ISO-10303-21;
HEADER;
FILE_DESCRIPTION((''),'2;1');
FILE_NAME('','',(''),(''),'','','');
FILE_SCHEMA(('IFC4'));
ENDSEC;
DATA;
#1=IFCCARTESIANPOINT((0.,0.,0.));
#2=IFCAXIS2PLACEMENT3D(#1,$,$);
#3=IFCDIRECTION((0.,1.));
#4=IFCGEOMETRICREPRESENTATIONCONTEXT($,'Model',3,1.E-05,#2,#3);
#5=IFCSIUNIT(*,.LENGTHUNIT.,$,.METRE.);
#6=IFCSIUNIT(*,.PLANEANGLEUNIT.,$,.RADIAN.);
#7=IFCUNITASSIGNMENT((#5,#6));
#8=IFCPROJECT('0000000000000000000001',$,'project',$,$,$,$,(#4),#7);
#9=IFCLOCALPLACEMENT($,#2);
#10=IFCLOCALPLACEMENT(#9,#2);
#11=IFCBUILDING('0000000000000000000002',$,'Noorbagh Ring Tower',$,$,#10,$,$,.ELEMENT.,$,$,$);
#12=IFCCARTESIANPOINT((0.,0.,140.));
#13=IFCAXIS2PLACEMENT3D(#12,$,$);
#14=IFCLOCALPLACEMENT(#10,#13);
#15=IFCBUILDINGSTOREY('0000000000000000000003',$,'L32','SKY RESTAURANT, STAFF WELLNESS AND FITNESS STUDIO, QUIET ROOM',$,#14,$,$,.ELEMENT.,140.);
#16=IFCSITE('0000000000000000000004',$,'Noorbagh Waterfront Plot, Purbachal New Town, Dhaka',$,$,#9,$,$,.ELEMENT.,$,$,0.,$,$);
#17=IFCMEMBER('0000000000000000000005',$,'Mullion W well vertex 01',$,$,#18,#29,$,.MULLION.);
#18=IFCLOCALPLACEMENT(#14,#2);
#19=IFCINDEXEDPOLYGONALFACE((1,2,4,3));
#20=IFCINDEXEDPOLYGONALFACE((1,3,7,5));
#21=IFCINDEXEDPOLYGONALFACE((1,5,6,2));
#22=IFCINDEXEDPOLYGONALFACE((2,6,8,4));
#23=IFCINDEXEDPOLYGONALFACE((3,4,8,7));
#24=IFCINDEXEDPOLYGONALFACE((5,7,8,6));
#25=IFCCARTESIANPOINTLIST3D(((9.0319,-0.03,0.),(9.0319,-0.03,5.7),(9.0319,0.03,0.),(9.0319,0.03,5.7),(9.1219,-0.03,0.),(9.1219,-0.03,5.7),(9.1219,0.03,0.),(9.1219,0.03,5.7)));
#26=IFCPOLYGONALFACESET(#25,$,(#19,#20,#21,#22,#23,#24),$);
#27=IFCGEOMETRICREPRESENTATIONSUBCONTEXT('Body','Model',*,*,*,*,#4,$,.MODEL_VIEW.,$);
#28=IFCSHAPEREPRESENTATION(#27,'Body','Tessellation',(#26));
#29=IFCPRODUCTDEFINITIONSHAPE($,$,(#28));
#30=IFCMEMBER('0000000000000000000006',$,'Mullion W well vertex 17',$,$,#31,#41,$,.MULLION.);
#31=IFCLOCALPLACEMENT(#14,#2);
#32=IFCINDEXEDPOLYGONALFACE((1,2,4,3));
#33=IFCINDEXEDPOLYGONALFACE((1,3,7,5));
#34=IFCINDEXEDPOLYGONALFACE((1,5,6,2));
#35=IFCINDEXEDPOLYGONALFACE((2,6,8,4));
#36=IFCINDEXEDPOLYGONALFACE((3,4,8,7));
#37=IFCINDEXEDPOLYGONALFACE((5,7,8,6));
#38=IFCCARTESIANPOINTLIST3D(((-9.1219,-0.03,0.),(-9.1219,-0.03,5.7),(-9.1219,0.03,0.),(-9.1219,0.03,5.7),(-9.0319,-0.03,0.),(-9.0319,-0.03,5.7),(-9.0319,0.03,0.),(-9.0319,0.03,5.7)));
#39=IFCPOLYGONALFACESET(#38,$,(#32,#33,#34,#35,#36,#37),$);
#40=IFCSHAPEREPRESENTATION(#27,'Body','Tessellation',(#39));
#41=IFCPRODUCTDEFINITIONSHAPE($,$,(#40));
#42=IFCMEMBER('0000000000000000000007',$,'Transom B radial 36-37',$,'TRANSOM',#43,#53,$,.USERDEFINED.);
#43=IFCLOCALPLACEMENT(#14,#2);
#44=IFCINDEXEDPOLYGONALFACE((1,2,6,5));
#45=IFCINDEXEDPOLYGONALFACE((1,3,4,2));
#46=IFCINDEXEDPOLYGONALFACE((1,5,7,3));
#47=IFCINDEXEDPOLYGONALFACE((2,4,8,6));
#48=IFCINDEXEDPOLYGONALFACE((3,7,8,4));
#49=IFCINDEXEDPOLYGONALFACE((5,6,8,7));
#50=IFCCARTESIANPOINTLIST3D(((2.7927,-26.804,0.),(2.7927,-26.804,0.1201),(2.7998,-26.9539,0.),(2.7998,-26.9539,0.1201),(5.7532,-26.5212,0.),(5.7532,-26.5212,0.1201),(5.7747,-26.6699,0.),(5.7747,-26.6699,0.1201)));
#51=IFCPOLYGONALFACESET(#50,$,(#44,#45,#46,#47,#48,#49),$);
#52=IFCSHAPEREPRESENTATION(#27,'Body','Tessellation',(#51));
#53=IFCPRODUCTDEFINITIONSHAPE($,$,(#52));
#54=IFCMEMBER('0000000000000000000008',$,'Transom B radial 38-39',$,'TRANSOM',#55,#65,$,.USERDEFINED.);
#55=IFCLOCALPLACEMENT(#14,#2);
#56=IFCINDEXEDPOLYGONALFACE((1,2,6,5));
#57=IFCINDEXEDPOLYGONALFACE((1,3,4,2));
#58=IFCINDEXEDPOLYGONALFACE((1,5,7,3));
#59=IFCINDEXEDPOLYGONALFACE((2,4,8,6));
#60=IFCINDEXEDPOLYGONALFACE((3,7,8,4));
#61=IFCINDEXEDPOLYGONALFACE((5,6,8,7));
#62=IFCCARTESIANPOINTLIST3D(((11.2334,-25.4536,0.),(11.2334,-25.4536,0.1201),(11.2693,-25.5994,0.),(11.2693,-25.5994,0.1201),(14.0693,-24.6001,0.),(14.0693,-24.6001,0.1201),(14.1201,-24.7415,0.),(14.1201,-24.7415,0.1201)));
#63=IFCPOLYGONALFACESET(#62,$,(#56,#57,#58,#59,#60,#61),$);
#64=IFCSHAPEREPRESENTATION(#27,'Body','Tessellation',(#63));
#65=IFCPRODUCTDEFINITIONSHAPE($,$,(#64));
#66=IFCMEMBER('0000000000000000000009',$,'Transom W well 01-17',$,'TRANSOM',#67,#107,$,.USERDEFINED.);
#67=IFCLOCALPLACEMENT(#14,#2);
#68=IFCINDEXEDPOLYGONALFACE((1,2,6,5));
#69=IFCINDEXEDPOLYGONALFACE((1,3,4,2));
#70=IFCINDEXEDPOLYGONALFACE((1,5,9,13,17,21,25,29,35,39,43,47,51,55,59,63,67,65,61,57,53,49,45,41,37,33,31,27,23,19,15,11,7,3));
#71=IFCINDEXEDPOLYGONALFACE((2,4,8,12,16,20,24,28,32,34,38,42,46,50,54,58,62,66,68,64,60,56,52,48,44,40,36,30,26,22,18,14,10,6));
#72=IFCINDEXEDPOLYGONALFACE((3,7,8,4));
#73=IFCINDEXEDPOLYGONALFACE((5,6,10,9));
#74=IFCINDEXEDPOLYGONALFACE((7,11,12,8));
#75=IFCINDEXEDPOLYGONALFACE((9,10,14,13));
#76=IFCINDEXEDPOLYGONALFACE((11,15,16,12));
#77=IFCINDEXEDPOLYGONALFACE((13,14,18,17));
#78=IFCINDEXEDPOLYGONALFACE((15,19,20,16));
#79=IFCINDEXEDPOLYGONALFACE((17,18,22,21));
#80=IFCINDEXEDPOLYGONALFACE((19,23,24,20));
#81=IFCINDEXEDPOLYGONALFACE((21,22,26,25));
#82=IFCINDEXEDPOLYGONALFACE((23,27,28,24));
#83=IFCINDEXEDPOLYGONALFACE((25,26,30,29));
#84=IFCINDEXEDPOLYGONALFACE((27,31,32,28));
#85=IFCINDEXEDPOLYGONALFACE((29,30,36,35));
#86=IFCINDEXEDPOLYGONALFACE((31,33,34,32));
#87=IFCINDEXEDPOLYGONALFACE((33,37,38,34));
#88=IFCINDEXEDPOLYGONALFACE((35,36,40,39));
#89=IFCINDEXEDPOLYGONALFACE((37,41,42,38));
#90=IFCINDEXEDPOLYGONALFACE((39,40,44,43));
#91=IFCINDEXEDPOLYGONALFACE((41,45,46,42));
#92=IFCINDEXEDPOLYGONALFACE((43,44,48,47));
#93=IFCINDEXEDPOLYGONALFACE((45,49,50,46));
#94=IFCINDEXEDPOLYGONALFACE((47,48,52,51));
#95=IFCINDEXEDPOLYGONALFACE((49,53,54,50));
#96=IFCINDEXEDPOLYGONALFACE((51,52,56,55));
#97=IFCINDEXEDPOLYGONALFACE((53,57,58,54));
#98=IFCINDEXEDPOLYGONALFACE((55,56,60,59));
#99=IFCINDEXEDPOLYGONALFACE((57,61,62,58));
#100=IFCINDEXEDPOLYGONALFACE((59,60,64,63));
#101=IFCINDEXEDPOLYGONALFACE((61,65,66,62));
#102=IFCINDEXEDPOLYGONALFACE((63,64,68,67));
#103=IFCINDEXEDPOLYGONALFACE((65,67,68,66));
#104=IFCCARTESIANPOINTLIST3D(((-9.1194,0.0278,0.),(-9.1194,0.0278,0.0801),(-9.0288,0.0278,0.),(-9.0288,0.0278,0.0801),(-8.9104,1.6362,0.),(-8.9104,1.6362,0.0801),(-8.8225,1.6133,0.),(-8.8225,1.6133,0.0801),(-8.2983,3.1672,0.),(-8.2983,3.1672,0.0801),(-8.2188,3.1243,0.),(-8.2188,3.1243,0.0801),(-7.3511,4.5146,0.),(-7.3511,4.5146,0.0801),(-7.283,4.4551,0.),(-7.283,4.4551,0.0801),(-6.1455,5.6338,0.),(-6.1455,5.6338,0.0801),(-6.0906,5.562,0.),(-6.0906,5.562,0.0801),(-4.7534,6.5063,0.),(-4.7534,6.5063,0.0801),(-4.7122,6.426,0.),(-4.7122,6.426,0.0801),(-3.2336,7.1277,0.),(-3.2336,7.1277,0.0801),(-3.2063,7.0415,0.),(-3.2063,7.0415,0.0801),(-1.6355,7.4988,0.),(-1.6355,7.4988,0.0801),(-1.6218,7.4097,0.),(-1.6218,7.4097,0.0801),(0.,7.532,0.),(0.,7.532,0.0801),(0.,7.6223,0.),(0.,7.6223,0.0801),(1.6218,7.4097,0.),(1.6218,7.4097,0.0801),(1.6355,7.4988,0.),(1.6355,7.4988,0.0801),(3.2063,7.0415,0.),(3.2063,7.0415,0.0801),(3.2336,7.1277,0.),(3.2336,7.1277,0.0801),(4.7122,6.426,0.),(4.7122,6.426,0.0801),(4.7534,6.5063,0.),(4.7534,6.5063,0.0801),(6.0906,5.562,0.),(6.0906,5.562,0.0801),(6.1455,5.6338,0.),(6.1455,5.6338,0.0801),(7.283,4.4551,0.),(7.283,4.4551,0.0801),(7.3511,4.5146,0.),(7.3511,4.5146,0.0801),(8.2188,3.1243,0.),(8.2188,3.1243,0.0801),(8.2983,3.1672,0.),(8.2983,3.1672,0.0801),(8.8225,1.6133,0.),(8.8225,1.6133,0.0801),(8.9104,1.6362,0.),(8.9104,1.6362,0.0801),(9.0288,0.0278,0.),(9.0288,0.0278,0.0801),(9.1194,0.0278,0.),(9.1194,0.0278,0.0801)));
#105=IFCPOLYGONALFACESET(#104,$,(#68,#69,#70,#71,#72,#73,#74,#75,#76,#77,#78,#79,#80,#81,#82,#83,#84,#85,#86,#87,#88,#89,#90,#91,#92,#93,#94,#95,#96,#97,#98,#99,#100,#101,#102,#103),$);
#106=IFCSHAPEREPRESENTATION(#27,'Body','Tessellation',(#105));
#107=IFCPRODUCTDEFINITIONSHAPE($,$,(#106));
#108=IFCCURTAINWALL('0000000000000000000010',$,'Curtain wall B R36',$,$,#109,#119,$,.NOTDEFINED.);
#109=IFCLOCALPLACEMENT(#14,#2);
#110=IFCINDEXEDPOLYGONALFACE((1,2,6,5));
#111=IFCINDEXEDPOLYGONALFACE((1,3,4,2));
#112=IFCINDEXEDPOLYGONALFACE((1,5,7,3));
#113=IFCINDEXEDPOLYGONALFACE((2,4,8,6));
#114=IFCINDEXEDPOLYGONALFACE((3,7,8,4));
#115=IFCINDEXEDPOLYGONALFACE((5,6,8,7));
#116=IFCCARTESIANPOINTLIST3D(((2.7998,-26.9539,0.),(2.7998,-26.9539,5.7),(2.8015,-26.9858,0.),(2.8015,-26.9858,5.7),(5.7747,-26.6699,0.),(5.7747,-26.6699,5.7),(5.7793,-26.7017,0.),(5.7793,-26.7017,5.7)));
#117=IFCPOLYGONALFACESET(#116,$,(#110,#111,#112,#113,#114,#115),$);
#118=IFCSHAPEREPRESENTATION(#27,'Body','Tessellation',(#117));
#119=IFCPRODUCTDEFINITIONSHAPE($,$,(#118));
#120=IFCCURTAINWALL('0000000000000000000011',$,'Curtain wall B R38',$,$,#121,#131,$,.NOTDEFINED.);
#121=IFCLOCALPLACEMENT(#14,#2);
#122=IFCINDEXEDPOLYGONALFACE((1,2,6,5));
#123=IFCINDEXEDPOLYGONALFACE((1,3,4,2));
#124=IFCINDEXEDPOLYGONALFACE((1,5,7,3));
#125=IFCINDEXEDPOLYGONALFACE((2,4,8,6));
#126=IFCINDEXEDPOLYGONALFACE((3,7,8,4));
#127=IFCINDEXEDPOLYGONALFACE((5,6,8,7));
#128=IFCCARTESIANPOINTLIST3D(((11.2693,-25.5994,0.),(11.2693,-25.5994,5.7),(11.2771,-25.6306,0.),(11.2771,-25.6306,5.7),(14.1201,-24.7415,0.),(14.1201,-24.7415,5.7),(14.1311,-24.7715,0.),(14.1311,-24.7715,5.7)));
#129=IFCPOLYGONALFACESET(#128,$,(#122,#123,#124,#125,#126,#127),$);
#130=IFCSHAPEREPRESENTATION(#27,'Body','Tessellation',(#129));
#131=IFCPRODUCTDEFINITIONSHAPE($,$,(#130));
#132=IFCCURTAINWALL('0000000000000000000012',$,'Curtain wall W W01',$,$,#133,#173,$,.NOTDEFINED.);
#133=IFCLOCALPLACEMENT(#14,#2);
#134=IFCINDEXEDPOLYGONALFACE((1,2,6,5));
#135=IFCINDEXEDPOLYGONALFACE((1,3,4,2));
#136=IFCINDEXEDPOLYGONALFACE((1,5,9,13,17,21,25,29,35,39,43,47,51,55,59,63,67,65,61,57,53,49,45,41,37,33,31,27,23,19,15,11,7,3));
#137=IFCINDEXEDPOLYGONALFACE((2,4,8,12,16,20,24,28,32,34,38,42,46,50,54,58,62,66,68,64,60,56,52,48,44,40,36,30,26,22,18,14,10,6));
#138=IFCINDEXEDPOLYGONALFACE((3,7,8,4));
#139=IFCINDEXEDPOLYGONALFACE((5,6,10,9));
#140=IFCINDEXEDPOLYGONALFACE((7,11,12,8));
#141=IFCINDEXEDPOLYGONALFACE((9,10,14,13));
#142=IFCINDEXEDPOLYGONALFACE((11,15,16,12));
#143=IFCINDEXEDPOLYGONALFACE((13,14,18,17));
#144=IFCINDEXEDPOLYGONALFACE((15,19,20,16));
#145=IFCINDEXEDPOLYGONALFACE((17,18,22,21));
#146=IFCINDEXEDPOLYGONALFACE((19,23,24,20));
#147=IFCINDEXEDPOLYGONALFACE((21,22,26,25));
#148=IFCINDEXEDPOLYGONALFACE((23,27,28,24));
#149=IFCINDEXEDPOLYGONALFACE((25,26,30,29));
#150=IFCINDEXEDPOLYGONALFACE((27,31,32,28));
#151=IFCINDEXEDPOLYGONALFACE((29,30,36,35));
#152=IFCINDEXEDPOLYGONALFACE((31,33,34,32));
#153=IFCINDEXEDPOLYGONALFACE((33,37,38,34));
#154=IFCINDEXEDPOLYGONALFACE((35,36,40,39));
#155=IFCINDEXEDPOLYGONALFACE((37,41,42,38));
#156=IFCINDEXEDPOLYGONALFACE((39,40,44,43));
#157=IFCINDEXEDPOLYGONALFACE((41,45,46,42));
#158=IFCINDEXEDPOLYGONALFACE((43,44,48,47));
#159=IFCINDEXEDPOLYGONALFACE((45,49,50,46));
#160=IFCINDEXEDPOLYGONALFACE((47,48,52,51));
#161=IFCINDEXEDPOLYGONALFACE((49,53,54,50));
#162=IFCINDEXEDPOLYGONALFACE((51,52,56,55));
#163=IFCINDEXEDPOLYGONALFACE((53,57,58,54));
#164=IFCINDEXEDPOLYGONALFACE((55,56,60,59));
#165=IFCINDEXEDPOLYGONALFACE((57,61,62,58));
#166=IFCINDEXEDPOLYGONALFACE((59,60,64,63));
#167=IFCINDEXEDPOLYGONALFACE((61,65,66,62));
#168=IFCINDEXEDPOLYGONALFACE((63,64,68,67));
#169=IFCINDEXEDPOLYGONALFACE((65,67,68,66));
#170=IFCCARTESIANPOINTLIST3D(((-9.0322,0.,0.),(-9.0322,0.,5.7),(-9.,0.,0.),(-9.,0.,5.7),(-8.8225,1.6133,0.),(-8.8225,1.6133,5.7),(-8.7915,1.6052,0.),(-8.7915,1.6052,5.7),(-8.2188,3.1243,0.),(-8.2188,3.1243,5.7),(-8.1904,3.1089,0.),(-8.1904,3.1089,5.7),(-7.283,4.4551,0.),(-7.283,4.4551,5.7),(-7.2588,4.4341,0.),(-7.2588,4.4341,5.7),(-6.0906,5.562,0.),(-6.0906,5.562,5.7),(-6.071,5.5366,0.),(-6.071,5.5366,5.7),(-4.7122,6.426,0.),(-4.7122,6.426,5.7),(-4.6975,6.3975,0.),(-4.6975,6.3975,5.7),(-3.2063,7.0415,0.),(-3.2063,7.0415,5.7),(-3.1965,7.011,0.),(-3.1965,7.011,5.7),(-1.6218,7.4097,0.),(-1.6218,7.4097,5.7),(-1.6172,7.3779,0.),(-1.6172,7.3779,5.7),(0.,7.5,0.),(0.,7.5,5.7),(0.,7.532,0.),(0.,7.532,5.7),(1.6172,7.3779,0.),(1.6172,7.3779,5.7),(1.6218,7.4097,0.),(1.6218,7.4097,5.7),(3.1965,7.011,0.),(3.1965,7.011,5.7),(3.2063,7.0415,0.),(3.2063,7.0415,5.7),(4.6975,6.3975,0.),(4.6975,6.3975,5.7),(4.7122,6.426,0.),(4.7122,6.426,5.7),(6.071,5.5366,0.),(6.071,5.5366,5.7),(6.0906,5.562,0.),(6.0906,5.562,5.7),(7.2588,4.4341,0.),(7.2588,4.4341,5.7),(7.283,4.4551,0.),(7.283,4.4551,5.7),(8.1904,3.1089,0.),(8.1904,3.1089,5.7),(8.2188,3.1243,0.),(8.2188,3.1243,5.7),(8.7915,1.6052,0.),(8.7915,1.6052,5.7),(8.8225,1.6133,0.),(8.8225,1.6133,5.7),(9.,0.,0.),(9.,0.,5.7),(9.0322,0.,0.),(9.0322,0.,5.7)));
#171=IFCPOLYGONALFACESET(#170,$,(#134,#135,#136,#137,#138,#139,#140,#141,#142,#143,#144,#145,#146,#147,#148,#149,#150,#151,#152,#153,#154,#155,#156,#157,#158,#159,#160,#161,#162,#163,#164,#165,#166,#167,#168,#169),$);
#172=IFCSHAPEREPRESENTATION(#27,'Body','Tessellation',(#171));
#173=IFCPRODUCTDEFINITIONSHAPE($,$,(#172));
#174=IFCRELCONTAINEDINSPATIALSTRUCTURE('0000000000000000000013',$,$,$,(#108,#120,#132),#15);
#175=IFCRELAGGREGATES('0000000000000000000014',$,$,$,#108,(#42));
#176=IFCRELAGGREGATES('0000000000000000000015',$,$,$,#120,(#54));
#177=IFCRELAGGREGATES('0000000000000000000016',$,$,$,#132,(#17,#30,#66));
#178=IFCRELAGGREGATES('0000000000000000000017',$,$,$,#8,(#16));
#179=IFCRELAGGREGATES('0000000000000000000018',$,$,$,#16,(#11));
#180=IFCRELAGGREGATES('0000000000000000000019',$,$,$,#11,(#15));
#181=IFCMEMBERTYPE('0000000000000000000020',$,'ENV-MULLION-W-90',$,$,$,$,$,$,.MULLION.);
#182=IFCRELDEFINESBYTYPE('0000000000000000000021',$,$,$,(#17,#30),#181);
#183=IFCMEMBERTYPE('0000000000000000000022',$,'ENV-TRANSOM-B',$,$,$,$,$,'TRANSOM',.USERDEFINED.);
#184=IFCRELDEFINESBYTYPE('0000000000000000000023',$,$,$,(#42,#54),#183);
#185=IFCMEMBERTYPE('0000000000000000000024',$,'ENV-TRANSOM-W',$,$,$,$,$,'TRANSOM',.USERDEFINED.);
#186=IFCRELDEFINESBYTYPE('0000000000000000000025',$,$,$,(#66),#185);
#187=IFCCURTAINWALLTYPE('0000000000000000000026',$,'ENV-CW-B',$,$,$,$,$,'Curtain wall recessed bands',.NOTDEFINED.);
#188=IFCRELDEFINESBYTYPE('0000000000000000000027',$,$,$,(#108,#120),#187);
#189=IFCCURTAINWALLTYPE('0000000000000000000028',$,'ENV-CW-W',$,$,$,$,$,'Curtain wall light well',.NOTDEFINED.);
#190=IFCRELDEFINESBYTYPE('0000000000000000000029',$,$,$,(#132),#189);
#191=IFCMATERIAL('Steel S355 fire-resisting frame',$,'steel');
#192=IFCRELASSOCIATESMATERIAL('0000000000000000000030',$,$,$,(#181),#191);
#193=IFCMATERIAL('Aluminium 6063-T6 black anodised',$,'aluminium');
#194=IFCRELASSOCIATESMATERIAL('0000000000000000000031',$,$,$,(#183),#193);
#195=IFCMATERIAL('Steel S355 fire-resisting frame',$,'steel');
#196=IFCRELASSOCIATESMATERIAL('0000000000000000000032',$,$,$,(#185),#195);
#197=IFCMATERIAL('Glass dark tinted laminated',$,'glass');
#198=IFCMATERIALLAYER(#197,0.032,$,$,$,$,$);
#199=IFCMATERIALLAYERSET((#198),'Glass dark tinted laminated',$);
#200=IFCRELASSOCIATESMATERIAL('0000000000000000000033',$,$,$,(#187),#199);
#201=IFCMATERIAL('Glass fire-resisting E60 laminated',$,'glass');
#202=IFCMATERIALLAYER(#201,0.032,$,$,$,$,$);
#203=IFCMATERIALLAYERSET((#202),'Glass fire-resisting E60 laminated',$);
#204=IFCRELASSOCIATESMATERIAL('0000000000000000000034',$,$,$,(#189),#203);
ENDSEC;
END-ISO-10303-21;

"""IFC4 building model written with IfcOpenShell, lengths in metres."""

from ifc_helpers import new_model, si_unit, direction, frame, origin, origin_2d, place, context, subcontext, project, spatial, polyline, rectangle, outline, extrude, material, layer, layer_set, material_profile, profile_set, type_object, element, aggregate, save


model = new_model("IFC4")

# Units and contexts
model_context = context("Model", 3, precision=1e-05, world=origin(), true_north=direction((0.0, 1.0)))
body_context = subcontext(model_context, "Body", "Model", "MODEL_VIEW")
ifc_project = project(units=[si_unit("LENGTHUNIT", "METRE"), si_unit("PLANEANGLEUNIT", "RADIAN")], contexts=[model_context])

# Members
site_placement = place(None, origin())
building_placement = place(site_placement, origin())
storey_placement = place(building_placement, frame((0.0, 0.0, 140.0)))
ifc_material_1 = material(Name="Steel S355 fire-resisting frame", Category="steel")
ifc_material_profile_1 = material_profile(ifc_material_1, rectangle(XDim=0.0901, YDim=0.0601, at=origin_2d()), Name="90x60")
ifc_profile_set_1 = profile_set([ifc_material_profile_1], Name="Steel S355 fire-resisting frame")
member_type_1 = type_object("IfcMemberType", Name="ENV-MULLION-W-90", PredefinedType="MULLION", material=ifc_profile_set_1)
member_1_placement = place(storey_placement, frame((9.0769, 0.0, 0.0), z_axis=(0.0, 0.0, 1.0), x_axis=(1.0, 0.0, 0.0)))
member_1 = element("IfcMember", 1, at=member_1_placement, type_object=member_type_1, Name="Mullion W well vertex 01", PredefinedType="MULLION", context=body_context, shape_type="SweptSolid", body=[
    extrude(rectangle(XDim=0.0901, YDim=0.0601, at=origin_2d()), origin(), (0.0, 0.0, 1.0), 5.7),
])
member_2_placement = place(storey_placement, frame((-9.0769, 0.0, 0.0), z_axis=(0.0, 0.0, 1.0), x_axis=(-1.0, 0.0, 0.0)))
member_2 = element("IfcMember", 2, at=member_2_placement, type_object=member_type_1, Name="Mullion W well vertex 17", PredefinedType="MULLION", context=body_context, shape_type="SweptSolid", body=[
    extrude(rectangle(XDim=0.0901, YDim=0.0601, at=origin_2d()), origin(), (0.0, 0.0, 1.0), 5.7),
])
ifc_material_2 = material(Name="Aluminium 6063-T6 black anodised", Category="aluminium")
member_type_2 = type_object("IfcMemberType", Name="ENV-TRANSOM-B", ElementType="TRANSOM", PredefinedType="USERDEFINED", material=ifc_material_2)
member_3_placement = place(storey_placement, origin())
member_3 = element("IfcMember", 3, at=member_3_placement, type_object=member_type_2, Name="Transom B radial 36-37", ObjectType="TRANSOM", PredefinedType="USERDEFINED", context=body_context, shape_type="SweptSolid", body=[
    extrude(outline(polyline([(2.7998, -26.9539), (5.7747, -26.6699), (5.7532, -26.5212), (2.7927, -26.804), (2.7998, -26.9539)])), origin(), (0.0, 0.0, 1.0), 0.1201),
])
member_4_placement = place(storey_placement, origin())
member_4 = element("IfcMember", 4, at=member_4_placement, type_object=member_type_2, Name="Transom B radial 38-39", ObjectType="TRANSOM", PredefinedType="USERDEFINED", context=body_context, shape_type="SweptSolid", body=[
    extrude(outline(polyline([(11.2693, -25.5994), (14.1201, -24.7415), (14.0693, -24.6001), (11.2334, -25.4536), (11.2693, -25.5994)])), origin(), (0.0, 0.0, 1.0), 0.1201),
])
ifc_material_3 = material(Name="Steel S355 fire-resisting frame", Category="steel")
member_type_3 = type_object("IfcMemberType", Name="ENV-TRANSOM-W", ElementType="TRANSOM", PredefinedType="USERDEFINED", material=ifc_material_3)
member_5_placement = place(storey_placement, origin())
member_5 = element("IfcMember", 5, at=member_5_placement, type_object=member_type_3, Name="Transom W well 01-17", ObjectType="TRANSOM", PredefinedType="USERDEFINED", context=body_context, shape_type="SweptSolid", body=[
    extrude(outline(polyline([(9.1194, 0.0278), (8.9104, 1.6362), (8.2983, 3.1672), (7.3511, 4.5146), (6.1455, 5.6338), (4.7534, 6.5063), (3.2336, 7.1277), (1.6355, 7.4988), (0.0, 7.6223), (-1.6355, 7.4988), (-3.2336, 7.1277), (-4.7534, 6.5063), (-6.1455, 5.6338), (-7.3511, 4.5146), (-8.2983, 3.1672), (-8.9104, 1.6362), (-9.1194, 0.0278), (-9.0288, 0.0278), (-8.8225, 1.6133), (-8.2188, 3.1243), (-7.283, 4.4551), (-6.0906, 5.562), (-4.7122, 6.426), (-3.2063, 7.0415), (-1.6218, 7.4097), (0.0, 7.532), (1.6218, 7.4097), (3.2063, 7.0415), (4.7122, 6.426), (6.0906, 5.562), (7.283, 4.4551), (8.2188, 3.1243), (8.8225, 1.6133), (9.0288, 0.0278), (9.1194, 0.0278)])), origin(), (0.0, 0.0, 1.0), 0.0801),
])

# Site, building, storey
site = spatial("IfcSite", under=ifc_project, at=site_placement, Name="Noorbagh Waterfront Plot, Purbachal New Town, Dhaka", CompositionType="ELEMENT", RefElevation=0.0)
building = spatial("IfcBuilding", under=site, at=building_placement, Name="Noorbagh Ring Tower", CompositionType="ELEMENT")
storey = spatial("IfcBuildingStorey", under=building, at=storey_placement, Name="L32", Description="SKY RESTAURANT, STAFF WELLNESS AND FITNESS STUDIO, QUIET ROOM", CompositionType="ELEMENT", Elevation=140.0)

# Curtain walls
ifc_material_4 = material(Name="Glass dark tinted laminated", Category="glass")
ifc_layer_1 = layer(ifc_material_4, 0.032)
ifc_layer_set_1 = layer_set([ifc_layer_1], Name="Glass dark tinted laminated")
curtain_wall_type_1 = type_object("IfcCurtainWallType", Name="ENV-CW-B", ElementType="Curtain wall recessed bands", PredefinedType="NOTDEFINED", material=ifc_layer_set_1)
curtain_wall_1_placement = place(storey_placement, origin())
curtain_wall_1 = element("IfcCurtainWall", 6, at=curtain_wall_1_placement, inside=storey, type_object=curtain_wall_type_1, Name="Curtain wall B R36", PredefinedType="NOTDEFINED", context=body_context, shape_type="SweptSolid", body=[
    extrude(outline(polyline([(2.8015, -26.9858), (5.7793, -26.7017), (5.7747, -26.6699), (2.7998, -26.9539), (2.8015, -26.9858)])), origin(), (0.0, 0.0, 1.0), 5.7),
])
aggregate(curtain_wall_1, [member_3])
curtain_wall_2_placement = place(storey_placement, origin())
curtain_wall_2 = element("IfcCurtainWall", 7, at=curtain_wall_2_placement, inside=storey, type_object=curtain_wall_type_1, Name="Curtain wall B R38", PredefinedType="NOTDEFINED", context=body_context, shape_type="SweptSolid", body=[
    extrude(outline(polyline([(11.2771, -25.6306), (14.1311, -24.7715), (14.1201, -24.7415), (11.2693, -25.5994), (11.2771, -25.6306)])), origin(), (0.0, 0.0, 1.0), 5.7),
])
aggregate(curtain_wall_2, [member_4])
ifc_material_5 = material(Name="Glass fire-resisting E60 laminated", Category="glass")
ifc_layer_2 = layer(ifc_material_5, 0.032)
ifc_layer_set_2 = layer_set([ifc_layer_2], Name="Glass fire-resisting E60 laminated")
curtain_wall_type_2 = type_object("IfcCurtainWallType", Name="ENV-CW-W", ElementType="Curtain wall light well", PredefinedType="NOTDEFINED", material=ifc_layer_set_2)
curtain_wall_3_placement = place(storey_placement, origin())
curtain_wall_3 = element("IfcCurtainWall", 8, at=curtain_wall_3_placement, inside=storey, type_object=curtain_wall_type_2, Name="Curtain wall W W01", PredefinedType="NOTDEFINED", context=body_context, shape_type="SweptSolid", body=[
    extrude(outline(polyline([(9.0322, 0.0), (8.8225, 1.6133), (8.2188, 3.1243), (7.283, 4.4551), (6.0906, 5.562), (4.7122, 6.426), (3.2063, 7.0415), (1.6218, 7.4097), (0.0, 7.532), (-1.6218, 7.4097), (-3.2063, 7.0415), (-4.7122, 6.426), (-6.0906, 5.562), (-7.283, 4.4551), (-8.2188, 3.1243), (-8.8225, 1.6133), (-9.0322, 0.0), (-9.0, 0.0), (-8.7915, 1.6052), (-8.1904, 3.1089), (-7.2588, 4.4341), (-6.071, 5.5366), (-4.6975, 6.3975), (-3.1965, 7.011), (-1.6172, 7.3779), (0.0, 7.5), (1.6172, 7.3779), (3.1965, 7.011), (4.6975, 6.3975), (6.071, 5.5366), (7.2588, 4.4341), (8.1904, 3.1089), (8.7915, 1.6052), (9.0, 0.0), (9.0322, 0.0)])), origin(), (0.0, 0.0, 1.0), 5.7),
])
aggregate(curtain_wall_3, [member_1, member_2, member_5])

save(model, "model.ifc")
